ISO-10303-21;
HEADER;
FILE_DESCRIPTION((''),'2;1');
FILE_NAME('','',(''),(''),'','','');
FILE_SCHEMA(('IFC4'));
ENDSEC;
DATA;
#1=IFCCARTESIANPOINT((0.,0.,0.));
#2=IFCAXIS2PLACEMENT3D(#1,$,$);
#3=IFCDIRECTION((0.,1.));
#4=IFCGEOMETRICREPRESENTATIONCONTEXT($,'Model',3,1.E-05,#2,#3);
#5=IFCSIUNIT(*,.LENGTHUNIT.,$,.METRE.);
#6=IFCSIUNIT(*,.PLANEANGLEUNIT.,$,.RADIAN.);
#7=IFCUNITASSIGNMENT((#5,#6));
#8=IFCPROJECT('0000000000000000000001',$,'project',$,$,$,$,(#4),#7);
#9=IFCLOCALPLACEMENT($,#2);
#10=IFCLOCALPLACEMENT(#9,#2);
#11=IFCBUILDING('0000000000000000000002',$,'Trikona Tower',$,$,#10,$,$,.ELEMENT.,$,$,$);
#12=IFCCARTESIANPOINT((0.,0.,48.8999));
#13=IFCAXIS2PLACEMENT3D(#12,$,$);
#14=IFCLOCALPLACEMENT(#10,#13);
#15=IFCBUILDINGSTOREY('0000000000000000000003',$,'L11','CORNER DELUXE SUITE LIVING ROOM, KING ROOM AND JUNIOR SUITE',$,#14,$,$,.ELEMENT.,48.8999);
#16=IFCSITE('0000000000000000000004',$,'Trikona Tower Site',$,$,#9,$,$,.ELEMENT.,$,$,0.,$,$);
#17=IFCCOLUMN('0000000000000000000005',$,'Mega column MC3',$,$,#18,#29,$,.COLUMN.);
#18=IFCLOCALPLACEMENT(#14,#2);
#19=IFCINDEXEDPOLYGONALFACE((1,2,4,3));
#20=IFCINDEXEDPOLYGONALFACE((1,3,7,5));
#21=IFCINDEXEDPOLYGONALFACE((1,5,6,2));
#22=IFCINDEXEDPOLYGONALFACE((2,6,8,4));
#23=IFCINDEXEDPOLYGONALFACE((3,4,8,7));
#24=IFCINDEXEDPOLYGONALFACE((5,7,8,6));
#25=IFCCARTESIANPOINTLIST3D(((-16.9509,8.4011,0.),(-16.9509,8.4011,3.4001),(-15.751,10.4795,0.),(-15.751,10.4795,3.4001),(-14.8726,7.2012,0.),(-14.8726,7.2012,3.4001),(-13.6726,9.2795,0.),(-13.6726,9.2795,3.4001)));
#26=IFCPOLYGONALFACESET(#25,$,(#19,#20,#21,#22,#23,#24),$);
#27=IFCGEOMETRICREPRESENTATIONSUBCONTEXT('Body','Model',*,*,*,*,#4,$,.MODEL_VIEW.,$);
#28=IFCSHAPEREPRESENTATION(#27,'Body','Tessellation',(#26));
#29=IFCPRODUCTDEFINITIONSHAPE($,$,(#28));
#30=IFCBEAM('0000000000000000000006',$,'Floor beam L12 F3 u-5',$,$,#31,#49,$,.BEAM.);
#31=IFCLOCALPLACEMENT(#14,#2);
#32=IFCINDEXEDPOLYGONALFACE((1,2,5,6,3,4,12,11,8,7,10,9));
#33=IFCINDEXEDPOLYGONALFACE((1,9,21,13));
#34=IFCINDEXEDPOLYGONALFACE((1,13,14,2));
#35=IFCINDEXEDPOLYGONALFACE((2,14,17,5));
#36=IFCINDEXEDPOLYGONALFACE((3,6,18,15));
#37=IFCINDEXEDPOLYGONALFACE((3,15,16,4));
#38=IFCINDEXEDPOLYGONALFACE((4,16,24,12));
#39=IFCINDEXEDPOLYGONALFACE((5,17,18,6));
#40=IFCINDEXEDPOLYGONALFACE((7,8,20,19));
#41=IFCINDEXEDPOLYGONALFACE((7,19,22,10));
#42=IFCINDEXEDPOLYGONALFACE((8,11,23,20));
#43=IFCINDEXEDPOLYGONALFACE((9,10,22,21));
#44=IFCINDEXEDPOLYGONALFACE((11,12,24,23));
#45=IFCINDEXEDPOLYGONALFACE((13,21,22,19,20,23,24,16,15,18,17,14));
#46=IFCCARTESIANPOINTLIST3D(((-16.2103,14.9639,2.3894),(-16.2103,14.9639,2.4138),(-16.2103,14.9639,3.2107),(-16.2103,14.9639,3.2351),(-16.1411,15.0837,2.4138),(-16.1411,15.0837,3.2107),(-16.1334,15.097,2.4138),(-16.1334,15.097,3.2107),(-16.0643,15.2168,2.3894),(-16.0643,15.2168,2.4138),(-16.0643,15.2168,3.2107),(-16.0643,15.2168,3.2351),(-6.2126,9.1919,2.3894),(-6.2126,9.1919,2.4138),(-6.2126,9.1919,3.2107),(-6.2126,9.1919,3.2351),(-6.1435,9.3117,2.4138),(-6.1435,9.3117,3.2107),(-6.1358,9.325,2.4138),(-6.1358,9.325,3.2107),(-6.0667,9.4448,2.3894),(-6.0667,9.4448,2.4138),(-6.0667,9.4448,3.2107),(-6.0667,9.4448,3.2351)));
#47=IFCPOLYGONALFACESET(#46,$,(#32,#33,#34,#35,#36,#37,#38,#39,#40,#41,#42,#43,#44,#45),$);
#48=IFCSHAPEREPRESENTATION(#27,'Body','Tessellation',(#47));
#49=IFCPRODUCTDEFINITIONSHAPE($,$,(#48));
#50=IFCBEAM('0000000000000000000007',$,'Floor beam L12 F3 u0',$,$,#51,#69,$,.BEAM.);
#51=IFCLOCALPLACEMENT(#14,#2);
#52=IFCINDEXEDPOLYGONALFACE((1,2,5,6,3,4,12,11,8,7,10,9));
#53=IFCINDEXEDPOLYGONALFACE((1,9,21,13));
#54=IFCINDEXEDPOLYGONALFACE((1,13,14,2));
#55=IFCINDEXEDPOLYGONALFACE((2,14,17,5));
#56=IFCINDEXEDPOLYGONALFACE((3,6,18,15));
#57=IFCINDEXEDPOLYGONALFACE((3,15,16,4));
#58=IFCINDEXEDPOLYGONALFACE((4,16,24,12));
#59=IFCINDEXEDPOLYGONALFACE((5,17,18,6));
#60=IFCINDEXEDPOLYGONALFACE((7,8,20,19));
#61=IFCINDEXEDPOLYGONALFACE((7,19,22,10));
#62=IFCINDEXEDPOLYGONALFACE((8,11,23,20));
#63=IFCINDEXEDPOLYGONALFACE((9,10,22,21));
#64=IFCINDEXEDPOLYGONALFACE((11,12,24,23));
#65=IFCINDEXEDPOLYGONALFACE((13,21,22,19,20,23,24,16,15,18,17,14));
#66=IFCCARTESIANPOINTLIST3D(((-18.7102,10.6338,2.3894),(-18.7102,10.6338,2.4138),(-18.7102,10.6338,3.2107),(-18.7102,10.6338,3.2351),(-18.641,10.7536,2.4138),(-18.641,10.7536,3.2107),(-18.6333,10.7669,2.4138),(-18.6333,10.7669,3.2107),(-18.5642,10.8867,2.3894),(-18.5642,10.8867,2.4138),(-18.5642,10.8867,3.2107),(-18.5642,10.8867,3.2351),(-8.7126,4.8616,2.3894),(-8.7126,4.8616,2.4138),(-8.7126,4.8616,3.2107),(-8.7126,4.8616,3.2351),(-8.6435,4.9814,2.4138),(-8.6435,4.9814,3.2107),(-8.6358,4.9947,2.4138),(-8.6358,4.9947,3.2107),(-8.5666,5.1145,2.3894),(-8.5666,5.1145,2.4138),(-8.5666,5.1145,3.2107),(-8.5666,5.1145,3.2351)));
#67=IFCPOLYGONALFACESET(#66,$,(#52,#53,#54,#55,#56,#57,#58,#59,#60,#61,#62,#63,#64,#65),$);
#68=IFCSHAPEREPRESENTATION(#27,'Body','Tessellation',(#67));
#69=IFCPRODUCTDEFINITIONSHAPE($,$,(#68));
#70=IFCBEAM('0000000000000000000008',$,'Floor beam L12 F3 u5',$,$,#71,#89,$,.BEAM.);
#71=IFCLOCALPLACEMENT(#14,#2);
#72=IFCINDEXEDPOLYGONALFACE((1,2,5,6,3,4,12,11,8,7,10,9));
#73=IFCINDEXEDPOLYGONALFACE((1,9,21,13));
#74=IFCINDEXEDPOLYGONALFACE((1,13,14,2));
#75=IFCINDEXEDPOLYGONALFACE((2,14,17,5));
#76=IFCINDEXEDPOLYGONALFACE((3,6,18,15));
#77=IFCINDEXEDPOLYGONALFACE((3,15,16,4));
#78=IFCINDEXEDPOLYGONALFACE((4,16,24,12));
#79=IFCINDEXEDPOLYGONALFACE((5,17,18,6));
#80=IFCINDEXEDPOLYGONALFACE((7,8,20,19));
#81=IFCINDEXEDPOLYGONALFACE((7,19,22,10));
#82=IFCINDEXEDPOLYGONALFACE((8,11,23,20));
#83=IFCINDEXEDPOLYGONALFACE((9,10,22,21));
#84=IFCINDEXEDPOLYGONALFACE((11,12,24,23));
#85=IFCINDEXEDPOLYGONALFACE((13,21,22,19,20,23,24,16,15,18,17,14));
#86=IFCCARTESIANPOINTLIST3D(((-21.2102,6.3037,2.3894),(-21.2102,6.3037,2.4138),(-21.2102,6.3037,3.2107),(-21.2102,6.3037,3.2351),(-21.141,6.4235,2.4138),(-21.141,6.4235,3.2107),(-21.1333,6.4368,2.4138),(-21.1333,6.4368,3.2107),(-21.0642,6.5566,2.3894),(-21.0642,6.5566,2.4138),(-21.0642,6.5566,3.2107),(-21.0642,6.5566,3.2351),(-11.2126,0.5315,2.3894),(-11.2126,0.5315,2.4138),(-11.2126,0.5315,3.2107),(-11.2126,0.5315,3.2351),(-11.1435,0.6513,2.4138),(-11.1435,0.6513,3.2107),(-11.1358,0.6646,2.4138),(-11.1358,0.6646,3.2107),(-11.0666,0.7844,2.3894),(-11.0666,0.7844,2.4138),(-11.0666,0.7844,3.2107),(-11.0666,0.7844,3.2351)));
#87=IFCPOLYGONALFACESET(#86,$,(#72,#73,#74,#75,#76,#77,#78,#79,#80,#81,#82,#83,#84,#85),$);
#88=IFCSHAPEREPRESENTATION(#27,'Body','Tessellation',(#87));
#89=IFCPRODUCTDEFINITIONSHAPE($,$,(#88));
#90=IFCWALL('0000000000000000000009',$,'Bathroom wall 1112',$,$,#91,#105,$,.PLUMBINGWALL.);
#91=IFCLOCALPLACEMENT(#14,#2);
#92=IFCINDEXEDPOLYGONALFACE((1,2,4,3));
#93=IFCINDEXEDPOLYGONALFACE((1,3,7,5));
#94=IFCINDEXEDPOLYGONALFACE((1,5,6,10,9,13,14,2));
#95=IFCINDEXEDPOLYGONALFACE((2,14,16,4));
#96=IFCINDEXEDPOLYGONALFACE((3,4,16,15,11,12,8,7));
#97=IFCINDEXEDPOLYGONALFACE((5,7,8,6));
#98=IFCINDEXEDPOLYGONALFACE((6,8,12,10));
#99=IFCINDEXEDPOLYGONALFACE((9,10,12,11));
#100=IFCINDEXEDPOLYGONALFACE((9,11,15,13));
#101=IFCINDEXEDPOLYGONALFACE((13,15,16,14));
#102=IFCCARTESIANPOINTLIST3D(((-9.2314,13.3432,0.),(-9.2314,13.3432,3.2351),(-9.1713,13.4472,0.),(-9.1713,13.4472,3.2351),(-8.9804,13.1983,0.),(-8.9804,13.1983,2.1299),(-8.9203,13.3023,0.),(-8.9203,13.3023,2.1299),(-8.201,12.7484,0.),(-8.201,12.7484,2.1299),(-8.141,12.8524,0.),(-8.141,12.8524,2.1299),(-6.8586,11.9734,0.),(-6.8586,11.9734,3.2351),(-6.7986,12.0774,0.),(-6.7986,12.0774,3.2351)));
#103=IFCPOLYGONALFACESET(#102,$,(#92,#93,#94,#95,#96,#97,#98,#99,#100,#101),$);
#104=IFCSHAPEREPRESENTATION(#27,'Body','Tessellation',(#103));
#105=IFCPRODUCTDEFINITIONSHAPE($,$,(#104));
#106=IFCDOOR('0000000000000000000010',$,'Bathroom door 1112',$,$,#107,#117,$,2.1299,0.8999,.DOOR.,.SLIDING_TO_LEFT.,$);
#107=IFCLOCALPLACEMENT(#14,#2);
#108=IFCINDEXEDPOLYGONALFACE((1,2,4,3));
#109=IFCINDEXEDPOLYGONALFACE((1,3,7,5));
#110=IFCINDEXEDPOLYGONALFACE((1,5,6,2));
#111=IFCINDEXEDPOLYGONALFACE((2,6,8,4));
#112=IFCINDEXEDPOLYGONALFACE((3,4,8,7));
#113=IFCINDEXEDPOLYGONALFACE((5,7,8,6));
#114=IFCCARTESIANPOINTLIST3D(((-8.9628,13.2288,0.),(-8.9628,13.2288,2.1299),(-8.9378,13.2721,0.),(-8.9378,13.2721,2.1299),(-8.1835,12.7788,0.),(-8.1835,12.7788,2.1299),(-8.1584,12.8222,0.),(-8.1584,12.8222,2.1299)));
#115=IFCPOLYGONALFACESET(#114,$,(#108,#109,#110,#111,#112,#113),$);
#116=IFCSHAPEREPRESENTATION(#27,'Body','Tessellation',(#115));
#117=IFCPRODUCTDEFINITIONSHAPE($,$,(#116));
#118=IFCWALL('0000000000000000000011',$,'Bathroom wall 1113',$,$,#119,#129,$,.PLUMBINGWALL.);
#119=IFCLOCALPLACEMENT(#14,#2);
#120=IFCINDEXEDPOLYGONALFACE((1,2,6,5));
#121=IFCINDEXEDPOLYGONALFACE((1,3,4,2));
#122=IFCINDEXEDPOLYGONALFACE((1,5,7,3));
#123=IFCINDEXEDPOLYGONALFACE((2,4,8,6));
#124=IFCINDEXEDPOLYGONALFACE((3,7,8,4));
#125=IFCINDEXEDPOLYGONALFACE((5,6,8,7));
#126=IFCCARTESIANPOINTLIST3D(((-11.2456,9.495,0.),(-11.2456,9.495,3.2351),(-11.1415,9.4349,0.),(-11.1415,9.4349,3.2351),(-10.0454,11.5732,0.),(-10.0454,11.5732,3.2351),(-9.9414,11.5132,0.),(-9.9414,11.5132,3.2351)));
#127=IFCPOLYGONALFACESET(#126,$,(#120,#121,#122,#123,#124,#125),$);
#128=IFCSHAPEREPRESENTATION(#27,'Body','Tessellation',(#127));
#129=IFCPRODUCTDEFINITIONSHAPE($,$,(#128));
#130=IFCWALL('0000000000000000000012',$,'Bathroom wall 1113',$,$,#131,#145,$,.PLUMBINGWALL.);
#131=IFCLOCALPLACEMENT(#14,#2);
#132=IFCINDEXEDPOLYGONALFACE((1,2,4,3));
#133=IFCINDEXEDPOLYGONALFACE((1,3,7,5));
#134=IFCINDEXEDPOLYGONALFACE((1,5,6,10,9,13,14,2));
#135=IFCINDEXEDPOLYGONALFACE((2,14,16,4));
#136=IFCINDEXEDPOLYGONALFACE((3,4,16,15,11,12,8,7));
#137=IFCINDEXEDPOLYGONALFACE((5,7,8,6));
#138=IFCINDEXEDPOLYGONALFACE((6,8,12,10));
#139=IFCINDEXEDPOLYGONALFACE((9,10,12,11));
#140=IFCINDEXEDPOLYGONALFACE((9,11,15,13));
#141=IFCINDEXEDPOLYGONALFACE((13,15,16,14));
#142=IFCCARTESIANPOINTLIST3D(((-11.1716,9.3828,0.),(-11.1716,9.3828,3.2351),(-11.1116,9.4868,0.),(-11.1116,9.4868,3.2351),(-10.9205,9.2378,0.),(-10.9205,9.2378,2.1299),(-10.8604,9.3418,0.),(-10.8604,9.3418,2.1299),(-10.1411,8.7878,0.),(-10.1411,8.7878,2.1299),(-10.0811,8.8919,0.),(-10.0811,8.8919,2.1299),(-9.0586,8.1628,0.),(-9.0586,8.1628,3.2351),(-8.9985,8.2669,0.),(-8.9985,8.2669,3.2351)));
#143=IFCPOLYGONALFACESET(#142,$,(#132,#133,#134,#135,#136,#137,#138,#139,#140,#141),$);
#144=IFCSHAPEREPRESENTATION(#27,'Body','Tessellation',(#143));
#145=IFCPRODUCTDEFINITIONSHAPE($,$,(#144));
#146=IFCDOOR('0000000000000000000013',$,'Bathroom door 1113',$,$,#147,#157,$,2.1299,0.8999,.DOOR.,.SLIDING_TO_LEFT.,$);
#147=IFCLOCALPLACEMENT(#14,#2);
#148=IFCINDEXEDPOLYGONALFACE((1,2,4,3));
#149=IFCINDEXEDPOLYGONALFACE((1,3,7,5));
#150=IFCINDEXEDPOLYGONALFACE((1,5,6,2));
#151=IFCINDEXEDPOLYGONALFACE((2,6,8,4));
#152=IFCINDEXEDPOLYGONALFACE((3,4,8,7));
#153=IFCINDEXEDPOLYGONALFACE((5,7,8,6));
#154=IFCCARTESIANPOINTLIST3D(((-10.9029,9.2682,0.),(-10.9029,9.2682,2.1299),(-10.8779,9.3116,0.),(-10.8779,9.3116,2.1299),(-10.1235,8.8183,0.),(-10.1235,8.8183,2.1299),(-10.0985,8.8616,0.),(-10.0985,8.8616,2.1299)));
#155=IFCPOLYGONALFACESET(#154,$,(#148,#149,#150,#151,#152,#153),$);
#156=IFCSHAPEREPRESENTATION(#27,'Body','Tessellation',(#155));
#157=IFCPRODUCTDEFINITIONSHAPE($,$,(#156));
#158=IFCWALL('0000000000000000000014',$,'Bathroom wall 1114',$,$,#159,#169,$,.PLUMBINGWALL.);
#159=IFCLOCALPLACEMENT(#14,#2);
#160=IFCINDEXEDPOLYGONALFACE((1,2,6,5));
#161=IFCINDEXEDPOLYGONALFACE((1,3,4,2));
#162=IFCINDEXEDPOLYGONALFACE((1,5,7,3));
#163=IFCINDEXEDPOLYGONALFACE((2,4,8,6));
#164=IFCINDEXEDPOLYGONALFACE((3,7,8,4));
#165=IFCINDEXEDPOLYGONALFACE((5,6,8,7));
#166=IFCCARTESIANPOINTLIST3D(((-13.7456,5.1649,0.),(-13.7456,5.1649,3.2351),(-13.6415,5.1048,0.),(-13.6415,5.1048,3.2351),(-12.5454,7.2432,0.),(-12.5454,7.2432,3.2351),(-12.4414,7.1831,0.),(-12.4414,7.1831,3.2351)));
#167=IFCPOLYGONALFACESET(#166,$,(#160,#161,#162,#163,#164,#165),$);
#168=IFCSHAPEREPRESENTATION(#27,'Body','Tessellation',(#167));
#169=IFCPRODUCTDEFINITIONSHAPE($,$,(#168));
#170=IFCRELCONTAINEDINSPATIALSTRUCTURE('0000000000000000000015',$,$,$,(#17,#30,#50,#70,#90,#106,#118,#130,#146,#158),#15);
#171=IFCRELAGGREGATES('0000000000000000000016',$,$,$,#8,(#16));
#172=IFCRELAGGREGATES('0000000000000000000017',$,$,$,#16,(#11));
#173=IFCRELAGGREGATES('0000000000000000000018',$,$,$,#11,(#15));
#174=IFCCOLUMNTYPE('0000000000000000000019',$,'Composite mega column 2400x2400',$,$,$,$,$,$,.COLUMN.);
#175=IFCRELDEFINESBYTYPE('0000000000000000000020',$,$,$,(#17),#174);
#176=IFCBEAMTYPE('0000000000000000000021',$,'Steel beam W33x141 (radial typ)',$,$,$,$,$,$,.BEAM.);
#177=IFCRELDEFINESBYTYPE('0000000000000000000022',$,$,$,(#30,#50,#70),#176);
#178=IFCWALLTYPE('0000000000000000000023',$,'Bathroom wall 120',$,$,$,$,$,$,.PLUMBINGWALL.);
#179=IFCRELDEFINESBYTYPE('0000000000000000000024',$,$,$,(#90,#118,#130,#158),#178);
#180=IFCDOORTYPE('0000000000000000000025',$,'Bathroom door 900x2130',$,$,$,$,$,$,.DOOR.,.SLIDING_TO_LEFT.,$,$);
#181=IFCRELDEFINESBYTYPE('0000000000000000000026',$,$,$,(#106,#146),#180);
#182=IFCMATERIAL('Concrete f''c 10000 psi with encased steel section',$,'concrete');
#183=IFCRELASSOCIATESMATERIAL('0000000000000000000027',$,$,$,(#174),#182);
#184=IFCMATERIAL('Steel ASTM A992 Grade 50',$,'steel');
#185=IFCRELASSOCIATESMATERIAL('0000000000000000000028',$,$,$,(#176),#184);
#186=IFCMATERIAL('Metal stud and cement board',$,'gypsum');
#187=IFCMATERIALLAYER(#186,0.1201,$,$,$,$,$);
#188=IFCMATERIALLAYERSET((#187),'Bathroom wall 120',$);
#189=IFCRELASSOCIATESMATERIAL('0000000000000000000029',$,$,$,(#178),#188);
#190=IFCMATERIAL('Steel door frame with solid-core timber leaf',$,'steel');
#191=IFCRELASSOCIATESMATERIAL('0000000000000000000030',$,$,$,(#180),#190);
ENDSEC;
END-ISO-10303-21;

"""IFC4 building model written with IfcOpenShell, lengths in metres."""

from ifc_helpers import new_model, si_unit, direction, frame, frame_2d, origin, origin_2d, place, context, subcontext, project, spatial, rectangle, i_section, extrude, material, layer, layer_set, material_profile, profile_set, type_object, element, fill, save


model = new_model("IFC4")

# Units and contexts
model_context = context("Model", 3, precision=1e-05, world=origin(), true_north=direction((0.0, 1.0)))
body_context = subcontext(model_context, "Body", "Model", "MODEL_VIEW")
ifc_project = project(units=[si_unit("LENGTHUNIT", "METRE"), si_unit("PLANEANGLEUNIT", "RADIAN")], contexts=[model_context])

# Site, building, storey
site_placement = place(None, origin())
site = spatial("IfcSite", under=ifc_project, at=site_placement, Name="Trikona Tower Site", CompositionType="ELEMENT", RefElevation=0.0)
building_placement = place(site_placement, origin())
building = spatial("IfcBuilding", under=site, at=building_placement, Name="Trikona Tower", CompositionType="ELEMENT")
storey_placement = place(building_placement, frame((0.0, 0.0, 48.8999)))
storey = spatial("IfcBuildingStorey", under=building, at=storey_placement, Name="L11", Description="CORNER DELUXE SUITE LIVING ROOM, KING ROOM AND JUNIOR SUITE", CompositionType="ELEMENT", Elevation=48.8999)

# Column
ifc_material_1 = material(Name="Concrete f'c 10000 psi with encased steel section", Category="concrete")
ifc_material_profile_1 = material_profile(ifc_material_1, rectangle(XDim=2.3999, YDim=2.3999, at=origin_2d()), Name="MC2400")
ifc_profile_set_1 = profile_set([ifc_material_profile_1], Name="Concrete f'c 10000 psi with encased steel section")
column_type = type_object("IfcColumnType", Name="Composite mega column 2400x2400", PredefinedType="COLUMN", material=ifc_profile_set_1)
column_placement = place(storey_placement, frame((-15.3118, 8.8403, 0.0), z_axis=(0.0, 0.0, 1.0), x_axis=(-0.866025, 0.5, 0.0)))
element("IfcColumn", 1, at=column_placement, inside=storey, type_object=column_type, Name="Mega column MC3", PredefinedType="COLUMN", context=body_context, shape_type="SweptSolid", body=[
    extrude(rectangle(XDim=2.3999, YDim=2.3999, at=origin_2d()), origin(), (0.0, 0.0, 1.0), 3.4001),
])

# Beams
ifc_material_2 = material(Name="Steel ASTM A992 Grade 50", Category="steel")
ifc_material_profile_2 = material_profile(ifc_material_2, i_section(OverallWidth=0.292, OverallDepth=0.8457, WebThickness=0.0154, FlangeThickness=0.0244, at=origin_2d()), Name="W33X141")
ifc_profile_set_2 = profile_set([ifc_material_profile_2], Name="Steel ASTM A992 Grade 50")
beam_type = type_object("IfcBeamType", Name="Steel beam W33x141 (radial typ)", PredefinedType="BEAM", material=ifc_profile_set_2)
for number, where, z_axis, x_axis, name in (
    (2, (-6.1396, 9.3184, 2.8123), (-0.86603, 0.499992, 0.0), (-0.499992, -0.86603, 0.0), "Floor beam L12 F3 u-5"),
    (3, (-8.6396, 4.988, 2.8123), (-0.866021, 0.500008, 0.0), (-0.500008, -0.866021, 0.0), "Floor beam L12 F3 u0"),
    (4, (-11.1396, 0.658, 2.8123), (-0.866021, 0.500008, 0.0), (-0.500008, -0.866021, 0.0), "Floor beam L12 F3 u5"),
):
    element("IfcBeam", number, at=place(storey_placement, frame(where, z_axis=z_axis, x_axis=x_axis)), inside=storey, type_object=beam_type, Name=name, PredefinedType="BEAM", context=body_context, shape_type="SweptSolid", body=[
        extrude(i_section(OverallWidth=0.292, OverallDepth=0.8457, WebThickness=0.0154, FlangeThickness=0.0244, at=origin_2d()), origin(), (0.0, 0.0, 1.0), 11.5442),
    ])

# Wall, opening, door
ifc_material_3 = material(Name="Metal stud and cement board", Category="gypsum")
ifc_layer_1 = layer(ifc_material_3, 0.1201)
ifc_layer_set_1 = layer_set([ifc_layer_1], Name="Bathroom wall 120")
wall_type_1 = type_object("IfcWallType", Name="Bathroom wall 120", PredefinedType="PLUMBINGWALL", material=ifc_layer_set_1)
wall_1_placement = place(storey_placement, frame((-6.8286, 12.0254, 0.0), z_axis=(0.0, 0.0, 1.0), x_axis=(-0.866036, 0.499982, 0.0)))
wall_1 = element("IfcWall", 5, at=wall_1_placement, inside=storey, type_object=wall_type_1, Name="Bathroom wall 1112", PredefinedType="PLUMBINGWALL", context=body_context, shape_type="SweptSolid", body=[
    extrude(rectangle(XDim=2.7397, YDim=0.1201, at=frame_2d((1.3699, 0.0))), origin(), (0.0, 0.0, 1.0), 3.2351),
])
opening_1_placement = place(wall_1_placement, frame((1.55, 0.0, 0.0)))
opening_1 = element("IfcOpeningElement", 6, at=opening_1_placement, cuts=wall_1, PredefinedType="OPENING", context=body_context, shape_type="SweptSolid", body=[
    extrude(rectangle(XDim=0.8999, YDim=2.1299, at=frame_2d((0.45, 1.0649))), frame((0.0, 0.0701, 0.0), z_axis=(0.0, -1.0, 0.0), x_axis=(1.0, 0.0, 0.0)), (0.0, 0.0, 1.0), 0.1401),
])
ifc_material_4 = material(Name="Steel door frame with solid-core timber leaf", Category="steel")
door_type_1 = type_object("IfcDoorType", Name="Bathroom door 900x2130", OperationType="SLIDING_TO_LEFT", PredefinedType="DOOR", material=ifc_material_4)
door_1_placement = place(opening_1_placement, origin())
door_1 = element("IfcDoor", 7, at=door_1_placement, inside=storey, type_object=door_type_1, Name="Bathroom door 1112", OperationType="SLIDING_TO_LEFT", OverallHeight=2.1299, OverallWidth=0.8999, PredefinedType="DOOR", context=body_context, shape_type="SweptSolid", body=[
    extrude(rectangle(XDim=0.8999, YDim=2.1299, at=frame_2d((0.45, 1.0649))), frame((0.0, 0.0249, 0.0), z_axis=(0.0, -1.0, 0.0), x_axis=(1.0, 0.0, 0.0)), (0.0, 0.0, 1.0), 0.05),
])
fill(opening_1, door_1)

# Wall
wall_2_placement = place(storey_placement, frame((-9.9934, 11.5432, 0.0), z_axis=(0.0, 0.0, 1.0), x_axis=(-0.500078, -0.865981, 0.0)))
element("IfcWall", 8, at=wall_2_placement, inside=storey, type_object=wall_type_1, Name="Bathroom wall 1113", PredefinedType="PLUMBINGWALL", context=body_context, shape_type="SweptSolid", body=[
    extrude(rectangle(XDim=2.3999, YDim=0.1201, at=frame_2d((1.2, 0.0))), origin(), (0.0, 0.0, 1.0), 3.2351),
])

# Wall, opening, door
wall_3_placement = place(storey_placement, frame((-9.0286, 8.2148, 0.0), z_axis=(0.0, 0.0, 1.0), x_axis=(-0.866024, 0.500003, 0.0)))
wall_3 = element("IfcWall", 9, at=wall_3_placement, inside=storey, type_object=wall_type_1, Name="Bathroom wall 1113", PredefinedType="PLUMBINGWALL", context=body_context, shape_type="SweptSolid", body=[
    extrude(rectangle(XDim=2.4399, YDim=0.1201, at=frame_2d((1.22, 0.0))), origin(), (0.0, 0.0, 1.0), 3.2351),
])
opening_2_placement = place(wall_3_placement, frame((1.25, 0.0, 0.0)))
opening_2 = element("IfcOpeningElement", 10, at=opening_2_placement, cuts=wall_3, PredefinedType="OPENING", context=body_context, shape_type="SweptSolid", body=[
    extrude(rectangle(XDim=0.8999, YDim=2.1299, at=frame_2d((0.45, 1.0649))), frame((0.0, 0.0701, 0.0), z_axis=(0.0, -1.0, 0.0), x_axis=(1.0, 0.0, 0.0)), (0.0, 0.0, 1.0), 0.1401),
])
door_2_placement = place(opening_2_placement, origin())
door_2 = element("IfcDoor", 11, at=door_2_placement, inside=storey, type_object=door_type_1, Name="Bathroom door 1113", OperationType="SLIDING_TO_LEFT", OverallHeight=2.1299, OverallWidth=0.8999, PredefinedType="DOOR", context=body_context, shape_type="SweptSolid", body=[
    extrude(rectangle(XDim=0.8999, YDim=2.1299, at=frame_2d((0.45, 1.0649))), frame((0.0, 0.0249, 0.0), z_axis=(0.0, -1.0, 0.0), x_axis=(1.0, 0.0, 0.0)), (0.0, 0.0, 1.0), 0.05),
])
fill(opening_2, door_2)

# Wall
wall_4_placement = place(storey_placement, frame((-12.4934, 7.2131, 0.0), z_axis=(0.0, 0.0, 1.0), x_axis=(-0.500078, -0.865981, 0.0)))
element("IfcWall", 12, at=wall_4_placement, inside=storey, type_object=wall_type_1, Name="Bathroom wall 1114", PredefinedType="PLUMBINGWALL", context=body_context, shape_type="SweptSolid", body=[
    extrude(rectangle(XDim=2.3999, YDim=0.1201, at=frame_2d((1.2, 0.0))), origin(), (0.0, 0.0, 1.0), 3.2351),
])

save(model, "model.ifc")
